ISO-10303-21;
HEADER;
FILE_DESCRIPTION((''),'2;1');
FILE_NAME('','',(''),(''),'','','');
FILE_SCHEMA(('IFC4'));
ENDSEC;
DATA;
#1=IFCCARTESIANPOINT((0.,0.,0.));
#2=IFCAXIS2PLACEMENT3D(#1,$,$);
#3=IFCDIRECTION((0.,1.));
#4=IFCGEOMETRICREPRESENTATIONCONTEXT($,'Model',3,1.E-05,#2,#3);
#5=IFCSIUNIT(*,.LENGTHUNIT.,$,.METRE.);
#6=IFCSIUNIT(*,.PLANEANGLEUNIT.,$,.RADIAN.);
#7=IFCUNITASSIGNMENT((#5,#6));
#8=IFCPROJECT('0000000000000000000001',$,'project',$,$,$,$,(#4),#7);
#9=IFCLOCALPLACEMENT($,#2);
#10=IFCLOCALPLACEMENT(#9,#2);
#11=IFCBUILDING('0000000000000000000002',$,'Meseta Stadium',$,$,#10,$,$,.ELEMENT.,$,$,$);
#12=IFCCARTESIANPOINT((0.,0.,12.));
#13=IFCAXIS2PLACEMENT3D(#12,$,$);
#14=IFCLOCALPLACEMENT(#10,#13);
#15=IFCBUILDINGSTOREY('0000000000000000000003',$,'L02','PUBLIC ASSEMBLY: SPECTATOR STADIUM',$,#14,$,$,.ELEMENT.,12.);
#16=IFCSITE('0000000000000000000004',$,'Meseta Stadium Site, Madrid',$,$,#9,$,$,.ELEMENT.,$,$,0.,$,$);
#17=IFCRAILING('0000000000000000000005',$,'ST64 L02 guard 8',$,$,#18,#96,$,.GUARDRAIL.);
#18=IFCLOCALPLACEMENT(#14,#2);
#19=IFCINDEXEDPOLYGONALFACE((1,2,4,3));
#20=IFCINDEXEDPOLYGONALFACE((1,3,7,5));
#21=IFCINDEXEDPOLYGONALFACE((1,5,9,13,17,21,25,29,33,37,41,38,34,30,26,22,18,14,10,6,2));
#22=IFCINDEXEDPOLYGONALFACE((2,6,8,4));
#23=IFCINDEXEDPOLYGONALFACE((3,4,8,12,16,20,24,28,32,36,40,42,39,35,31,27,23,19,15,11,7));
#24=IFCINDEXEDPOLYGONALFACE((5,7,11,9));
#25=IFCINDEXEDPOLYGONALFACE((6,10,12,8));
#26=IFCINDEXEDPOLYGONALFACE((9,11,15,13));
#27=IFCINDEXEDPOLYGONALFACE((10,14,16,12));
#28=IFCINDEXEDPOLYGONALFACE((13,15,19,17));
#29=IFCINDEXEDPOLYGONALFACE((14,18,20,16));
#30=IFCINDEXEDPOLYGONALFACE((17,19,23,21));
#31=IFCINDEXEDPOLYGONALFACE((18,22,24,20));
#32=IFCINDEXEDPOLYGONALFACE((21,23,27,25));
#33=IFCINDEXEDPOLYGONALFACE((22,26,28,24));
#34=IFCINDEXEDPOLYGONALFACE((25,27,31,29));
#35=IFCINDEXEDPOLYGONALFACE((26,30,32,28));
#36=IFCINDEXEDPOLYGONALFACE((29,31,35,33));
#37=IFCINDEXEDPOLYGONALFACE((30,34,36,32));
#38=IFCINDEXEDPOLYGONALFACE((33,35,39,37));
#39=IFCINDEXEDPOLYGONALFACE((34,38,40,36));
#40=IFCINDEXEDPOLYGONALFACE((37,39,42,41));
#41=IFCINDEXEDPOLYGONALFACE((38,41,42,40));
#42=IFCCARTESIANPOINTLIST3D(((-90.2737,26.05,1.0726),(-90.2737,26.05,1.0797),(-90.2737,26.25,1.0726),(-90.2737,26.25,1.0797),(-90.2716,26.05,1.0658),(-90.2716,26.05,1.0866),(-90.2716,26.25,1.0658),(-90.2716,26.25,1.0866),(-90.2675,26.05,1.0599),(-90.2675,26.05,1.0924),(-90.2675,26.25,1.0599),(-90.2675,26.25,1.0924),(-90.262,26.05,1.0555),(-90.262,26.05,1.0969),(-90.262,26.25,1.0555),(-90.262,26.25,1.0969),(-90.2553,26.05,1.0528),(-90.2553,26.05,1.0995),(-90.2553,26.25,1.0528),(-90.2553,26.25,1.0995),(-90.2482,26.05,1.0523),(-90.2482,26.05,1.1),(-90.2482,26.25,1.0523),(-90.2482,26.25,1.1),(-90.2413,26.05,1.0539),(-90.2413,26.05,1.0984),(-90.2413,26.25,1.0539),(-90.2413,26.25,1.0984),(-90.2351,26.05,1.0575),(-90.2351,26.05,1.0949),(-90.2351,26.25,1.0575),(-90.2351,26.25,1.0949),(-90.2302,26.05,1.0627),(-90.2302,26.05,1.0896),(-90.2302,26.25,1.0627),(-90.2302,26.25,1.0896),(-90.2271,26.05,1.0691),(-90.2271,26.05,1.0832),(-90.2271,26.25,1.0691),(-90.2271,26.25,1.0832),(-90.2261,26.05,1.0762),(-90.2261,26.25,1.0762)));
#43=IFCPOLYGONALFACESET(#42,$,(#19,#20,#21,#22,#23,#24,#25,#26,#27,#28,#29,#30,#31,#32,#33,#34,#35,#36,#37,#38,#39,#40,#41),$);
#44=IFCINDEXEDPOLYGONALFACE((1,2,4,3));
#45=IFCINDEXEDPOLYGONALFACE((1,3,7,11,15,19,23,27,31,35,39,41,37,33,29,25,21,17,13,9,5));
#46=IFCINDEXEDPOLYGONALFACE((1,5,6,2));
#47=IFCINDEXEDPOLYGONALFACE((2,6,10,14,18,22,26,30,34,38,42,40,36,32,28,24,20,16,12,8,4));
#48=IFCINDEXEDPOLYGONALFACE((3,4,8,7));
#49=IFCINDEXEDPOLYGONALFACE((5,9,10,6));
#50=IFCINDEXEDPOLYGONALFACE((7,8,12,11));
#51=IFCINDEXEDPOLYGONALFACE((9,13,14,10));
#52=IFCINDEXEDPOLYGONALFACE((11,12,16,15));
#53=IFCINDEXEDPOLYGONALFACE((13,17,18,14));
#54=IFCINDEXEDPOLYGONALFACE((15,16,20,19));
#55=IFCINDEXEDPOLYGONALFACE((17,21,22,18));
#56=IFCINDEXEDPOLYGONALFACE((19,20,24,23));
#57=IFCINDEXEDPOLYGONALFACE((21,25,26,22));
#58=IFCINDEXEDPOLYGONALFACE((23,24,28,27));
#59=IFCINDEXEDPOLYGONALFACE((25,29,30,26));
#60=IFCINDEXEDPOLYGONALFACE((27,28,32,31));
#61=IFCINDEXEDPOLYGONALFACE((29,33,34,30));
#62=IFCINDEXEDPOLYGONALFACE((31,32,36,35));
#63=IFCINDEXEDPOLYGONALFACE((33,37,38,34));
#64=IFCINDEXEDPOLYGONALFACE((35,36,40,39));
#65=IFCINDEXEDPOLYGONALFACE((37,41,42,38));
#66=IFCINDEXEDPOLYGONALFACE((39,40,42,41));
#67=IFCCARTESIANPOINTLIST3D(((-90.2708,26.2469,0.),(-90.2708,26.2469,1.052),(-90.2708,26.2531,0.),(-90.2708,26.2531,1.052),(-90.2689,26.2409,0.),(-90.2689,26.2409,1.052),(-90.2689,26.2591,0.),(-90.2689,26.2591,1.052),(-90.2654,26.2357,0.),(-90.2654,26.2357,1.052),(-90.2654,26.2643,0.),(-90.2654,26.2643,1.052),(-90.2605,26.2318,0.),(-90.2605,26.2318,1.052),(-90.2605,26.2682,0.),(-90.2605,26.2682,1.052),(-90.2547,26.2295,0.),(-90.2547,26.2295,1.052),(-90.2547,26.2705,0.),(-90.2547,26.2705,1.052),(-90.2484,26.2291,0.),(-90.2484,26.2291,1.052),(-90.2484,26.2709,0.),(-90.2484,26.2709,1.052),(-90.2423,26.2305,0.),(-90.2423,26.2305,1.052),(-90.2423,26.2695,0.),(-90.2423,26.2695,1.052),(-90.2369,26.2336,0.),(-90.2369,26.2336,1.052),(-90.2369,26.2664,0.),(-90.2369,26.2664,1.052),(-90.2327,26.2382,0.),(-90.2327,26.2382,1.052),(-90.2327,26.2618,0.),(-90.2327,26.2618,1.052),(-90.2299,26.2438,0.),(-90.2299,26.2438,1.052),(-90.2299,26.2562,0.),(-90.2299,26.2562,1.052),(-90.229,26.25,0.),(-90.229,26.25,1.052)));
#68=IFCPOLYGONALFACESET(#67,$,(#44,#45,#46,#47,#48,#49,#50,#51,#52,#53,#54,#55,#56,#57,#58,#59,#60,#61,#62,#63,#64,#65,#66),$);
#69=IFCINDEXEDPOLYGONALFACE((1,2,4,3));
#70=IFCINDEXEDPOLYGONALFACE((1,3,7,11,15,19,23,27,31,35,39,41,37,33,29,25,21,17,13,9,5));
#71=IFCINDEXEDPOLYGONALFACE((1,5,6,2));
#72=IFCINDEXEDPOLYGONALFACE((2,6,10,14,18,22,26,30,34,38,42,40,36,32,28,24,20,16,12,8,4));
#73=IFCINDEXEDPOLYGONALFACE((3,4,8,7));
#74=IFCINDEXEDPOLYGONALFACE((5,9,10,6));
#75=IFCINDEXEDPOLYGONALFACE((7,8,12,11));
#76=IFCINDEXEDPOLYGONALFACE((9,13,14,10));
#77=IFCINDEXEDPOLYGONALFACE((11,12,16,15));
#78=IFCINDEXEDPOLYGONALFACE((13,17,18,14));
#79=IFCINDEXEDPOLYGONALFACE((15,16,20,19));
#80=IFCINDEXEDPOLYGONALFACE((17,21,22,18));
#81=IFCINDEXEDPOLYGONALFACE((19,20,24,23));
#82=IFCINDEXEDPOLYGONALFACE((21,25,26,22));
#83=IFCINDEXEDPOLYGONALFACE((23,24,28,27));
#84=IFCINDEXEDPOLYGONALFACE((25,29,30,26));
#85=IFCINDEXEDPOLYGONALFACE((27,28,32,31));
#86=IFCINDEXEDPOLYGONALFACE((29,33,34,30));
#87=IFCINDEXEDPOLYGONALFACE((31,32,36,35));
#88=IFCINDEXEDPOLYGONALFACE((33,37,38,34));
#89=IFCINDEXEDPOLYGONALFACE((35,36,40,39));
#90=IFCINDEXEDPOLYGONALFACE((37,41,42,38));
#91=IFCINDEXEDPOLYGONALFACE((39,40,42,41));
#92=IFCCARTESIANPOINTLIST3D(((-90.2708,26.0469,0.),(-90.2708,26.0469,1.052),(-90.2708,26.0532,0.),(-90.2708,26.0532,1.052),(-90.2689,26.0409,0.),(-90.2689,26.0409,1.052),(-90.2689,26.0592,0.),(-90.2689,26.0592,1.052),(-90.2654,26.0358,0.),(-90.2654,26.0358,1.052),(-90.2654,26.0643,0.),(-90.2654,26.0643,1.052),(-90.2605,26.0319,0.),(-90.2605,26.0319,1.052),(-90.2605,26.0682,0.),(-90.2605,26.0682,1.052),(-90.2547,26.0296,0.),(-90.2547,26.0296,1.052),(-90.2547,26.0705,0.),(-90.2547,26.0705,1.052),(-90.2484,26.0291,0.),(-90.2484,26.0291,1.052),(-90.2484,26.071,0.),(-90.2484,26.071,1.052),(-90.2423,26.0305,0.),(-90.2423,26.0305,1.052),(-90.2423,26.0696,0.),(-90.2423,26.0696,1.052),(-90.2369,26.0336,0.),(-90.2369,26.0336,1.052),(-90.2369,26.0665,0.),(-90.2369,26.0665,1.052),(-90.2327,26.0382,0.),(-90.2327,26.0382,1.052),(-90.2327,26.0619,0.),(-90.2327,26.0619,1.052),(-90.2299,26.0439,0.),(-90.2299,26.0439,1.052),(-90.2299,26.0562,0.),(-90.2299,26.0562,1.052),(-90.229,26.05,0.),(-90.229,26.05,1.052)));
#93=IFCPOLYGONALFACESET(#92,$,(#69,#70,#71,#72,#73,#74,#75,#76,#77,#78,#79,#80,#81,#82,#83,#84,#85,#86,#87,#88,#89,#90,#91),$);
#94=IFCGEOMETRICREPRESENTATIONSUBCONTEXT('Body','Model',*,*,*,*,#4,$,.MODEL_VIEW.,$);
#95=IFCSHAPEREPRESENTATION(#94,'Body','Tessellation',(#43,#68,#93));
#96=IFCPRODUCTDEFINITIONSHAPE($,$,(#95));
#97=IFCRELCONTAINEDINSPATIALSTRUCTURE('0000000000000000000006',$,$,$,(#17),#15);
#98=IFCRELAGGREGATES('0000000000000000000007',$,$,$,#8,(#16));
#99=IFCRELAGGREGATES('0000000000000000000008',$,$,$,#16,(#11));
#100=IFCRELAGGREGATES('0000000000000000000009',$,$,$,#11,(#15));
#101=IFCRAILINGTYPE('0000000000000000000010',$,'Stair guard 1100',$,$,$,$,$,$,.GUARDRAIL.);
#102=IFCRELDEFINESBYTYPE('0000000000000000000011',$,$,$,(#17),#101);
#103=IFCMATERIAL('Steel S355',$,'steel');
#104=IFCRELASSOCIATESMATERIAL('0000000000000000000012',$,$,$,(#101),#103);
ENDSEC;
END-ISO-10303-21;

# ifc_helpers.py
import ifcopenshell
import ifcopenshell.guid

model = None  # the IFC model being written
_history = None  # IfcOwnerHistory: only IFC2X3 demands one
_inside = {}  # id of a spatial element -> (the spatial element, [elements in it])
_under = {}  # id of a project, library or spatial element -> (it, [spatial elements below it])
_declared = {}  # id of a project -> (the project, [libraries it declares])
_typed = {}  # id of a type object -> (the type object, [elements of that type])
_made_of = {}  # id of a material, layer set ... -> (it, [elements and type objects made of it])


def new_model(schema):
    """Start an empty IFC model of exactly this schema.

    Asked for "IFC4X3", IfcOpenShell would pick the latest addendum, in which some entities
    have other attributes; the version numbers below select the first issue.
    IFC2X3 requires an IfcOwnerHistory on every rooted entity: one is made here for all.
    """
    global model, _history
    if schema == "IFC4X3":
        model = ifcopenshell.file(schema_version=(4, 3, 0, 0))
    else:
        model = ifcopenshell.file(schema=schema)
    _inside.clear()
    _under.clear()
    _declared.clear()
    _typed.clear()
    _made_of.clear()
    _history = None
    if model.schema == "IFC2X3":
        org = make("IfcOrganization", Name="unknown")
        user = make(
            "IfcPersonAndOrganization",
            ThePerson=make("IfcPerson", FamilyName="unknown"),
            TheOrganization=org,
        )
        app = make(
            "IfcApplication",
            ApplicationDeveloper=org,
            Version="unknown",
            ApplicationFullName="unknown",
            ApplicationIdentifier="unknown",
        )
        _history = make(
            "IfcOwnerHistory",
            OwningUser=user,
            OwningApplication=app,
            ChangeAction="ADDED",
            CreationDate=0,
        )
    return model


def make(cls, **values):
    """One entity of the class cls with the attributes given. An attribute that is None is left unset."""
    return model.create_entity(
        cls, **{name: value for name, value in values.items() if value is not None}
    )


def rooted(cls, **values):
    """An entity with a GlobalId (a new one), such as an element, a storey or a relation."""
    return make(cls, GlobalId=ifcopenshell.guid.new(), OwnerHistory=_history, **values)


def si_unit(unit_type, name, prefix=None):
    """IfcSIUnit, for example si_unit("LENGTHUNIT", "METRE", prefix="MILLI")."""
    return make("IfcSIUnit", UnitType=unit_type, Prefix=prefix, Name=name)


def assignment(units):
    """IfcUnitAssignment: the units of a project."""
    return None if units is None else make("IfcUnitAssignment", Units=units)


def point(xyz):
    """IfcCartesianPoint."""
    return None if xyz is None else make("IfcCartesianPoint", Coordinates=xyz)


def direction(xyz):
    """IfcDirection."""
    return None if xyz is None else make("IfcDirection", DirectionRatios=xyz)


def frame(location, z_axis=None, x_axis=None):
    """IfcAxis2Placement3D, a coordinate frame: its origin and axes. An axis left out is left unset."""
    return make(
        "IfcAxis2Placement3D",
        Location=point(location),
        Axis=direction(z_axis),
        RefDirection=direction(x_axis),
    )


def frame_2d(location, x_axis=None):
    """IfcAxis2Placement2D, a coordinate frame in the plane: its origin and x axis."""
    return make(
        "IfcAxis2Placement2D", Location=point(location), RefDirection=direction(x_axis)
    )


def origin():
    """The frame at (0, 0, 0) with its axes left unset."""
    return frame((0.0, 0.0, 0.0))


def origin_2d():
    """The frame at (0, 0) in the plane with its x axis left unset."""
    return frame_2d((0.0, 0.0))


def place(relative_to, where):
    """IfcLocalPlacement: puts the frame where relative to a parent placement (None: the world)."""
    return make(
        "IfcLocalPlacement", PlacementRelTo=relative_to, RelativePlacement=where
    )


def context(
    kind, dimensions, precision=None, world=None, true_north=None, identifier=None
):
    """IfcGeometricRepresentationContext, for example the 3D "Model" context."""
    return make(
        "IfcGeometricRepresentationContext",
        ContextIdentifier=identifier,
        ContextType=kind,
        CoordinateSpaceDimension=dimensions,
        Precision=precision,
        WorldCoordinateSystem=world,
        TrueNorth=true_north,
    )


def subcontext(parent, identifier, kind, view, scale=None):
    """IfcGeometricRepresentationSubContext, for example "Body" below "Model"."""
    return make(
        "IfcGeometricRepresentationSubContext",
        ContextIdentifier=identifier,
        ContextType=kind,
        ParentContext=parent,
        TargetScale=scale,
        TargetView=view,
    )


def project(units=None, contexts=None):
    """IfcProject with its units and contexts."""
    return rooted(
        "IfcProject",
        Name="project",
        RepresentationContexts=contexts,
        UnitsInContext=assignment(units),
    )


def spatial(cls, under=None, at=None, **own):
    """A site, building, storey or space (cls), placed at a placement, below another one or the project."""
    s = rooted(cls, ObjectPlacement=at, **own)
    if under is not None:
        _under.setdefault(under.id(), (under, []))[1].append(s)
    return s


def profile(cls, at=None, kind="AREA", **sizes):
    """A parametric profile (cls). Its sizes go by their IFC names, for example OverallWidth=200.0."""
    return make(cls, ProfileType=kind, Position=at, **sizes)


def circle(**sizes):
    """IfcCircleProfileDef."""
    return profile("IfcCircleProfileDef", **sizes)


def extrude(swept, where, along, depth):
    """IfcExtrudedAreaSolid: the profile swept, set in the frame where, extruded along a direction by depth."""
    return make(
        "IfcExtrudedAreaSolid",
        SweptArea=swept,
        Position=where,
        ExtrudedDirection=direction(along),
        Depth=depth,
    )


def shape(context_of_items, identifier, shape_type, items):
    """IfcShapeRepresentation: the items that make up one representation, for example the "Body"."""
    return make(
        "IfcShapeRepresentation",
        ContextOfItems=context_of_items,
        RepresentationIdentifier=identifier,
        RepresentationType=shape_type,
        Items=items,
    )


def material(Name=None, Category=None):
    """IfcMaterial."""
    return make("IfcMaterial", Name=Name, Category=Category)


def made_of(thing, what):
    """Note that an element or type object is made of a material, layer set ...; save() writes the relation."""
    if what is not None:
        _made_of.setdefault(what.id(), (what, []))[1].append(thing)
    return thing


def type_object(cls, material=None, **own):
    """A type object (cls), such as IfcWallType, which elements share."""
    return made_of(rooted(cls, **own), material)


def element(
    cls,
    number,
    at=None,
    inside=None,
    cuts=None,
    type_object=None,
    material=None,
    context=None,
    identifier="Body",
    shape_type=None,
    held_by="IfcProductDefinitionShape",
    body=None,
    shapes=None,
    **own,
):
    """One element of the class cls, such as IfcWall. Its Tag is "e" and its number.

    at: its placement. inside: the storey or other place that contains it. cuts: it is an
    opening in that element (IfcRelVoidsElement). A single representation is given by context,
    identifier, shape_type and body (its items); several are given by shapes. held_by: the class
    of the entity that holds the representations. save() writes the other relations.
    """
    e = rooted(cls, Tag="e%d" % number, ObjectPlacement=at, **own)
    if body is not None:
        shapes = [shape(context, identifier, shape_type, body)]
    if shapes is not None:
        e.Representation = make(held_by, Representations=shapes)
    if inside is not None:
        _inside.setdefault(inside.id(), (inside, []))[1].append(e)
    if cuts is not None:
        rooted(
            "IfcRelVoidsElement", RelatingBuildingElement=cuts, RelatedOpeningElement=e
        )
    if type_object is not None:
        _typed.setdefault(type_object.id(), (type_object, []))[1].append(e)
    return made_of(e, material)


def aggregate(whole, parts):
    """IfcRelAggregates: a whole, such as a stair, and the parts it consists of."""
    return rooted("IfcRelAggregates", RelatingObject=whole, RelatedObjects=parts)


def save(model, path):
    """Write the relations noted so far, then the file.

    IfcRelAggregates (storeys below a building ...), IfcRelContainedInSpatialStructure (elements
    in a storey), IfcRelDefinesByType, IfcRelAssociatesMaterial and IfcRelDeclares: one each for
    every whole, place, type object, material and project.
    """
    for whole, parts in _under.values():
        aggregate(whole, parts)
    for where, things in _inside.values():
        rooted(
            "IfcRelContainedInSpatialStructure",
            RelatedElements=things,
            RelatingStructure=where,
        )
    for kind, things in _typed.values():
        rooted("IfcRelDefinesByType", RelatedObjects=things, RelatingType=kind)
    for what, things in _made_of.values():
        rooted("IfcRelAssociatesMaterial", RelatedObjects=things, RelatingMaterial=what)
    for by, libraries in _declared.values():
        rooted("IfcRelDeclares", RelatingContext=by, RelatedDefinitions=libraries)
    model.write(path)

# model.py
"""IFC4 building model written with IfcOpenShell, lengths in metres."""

from ifc_helpers import new_model, si_unit, direction, frame, origin, origin_2d, place, context, subcontext, project, spatial, circle, extrude, material, type_object, element, save


model = new_model("IFC4")

# Units and contexts
model_context = context("Model", 3, precision=1e-05, world=origin(), true_north=direction((0.0, 1.0)))
body_context = subcontext(model_context, "Body", "Model", "MODEL_VIEW")
ifc_project = project(units=[si_unit("LENGTHUNIT", "METRE"), si_unit("PLANEANGLEUNIT", "RADIAN")], contexts=[model_context])

# Site, building, storey
site_placement = place(None, origin())
site = spatial("IfcSite", under=ifc_project, at=site_placement, Name="Meseta Stadium Site, Madrid", CompositionType="ELEMENT", RefElevation=0.0)
building_placement = place(site_placement, origin())
building = spatial("IfcBuilding", under=site, at=building_placement, Name="Meseta Stadium", CompositionType="ELEMENT")
storey_placement = place(building_placement, frame((0.0, 0.0, 12.0)))
storey = spatial("IfcBuildingStorey", under=building, at=storey_placement, Name="L02", Description="PUBLIC ASSEMBLY: SPECTATOR STADIUM", CompositionType="ELEMENT", Elevation=12.0)

# Railing
ifc_material_1 = material(Name="Steel S355", Category="steel")
railing_type_1 = type_object("IfcRailingType", Name="Stair guard 1100", PredefinedType="GUARDRAIL", material=ifc_material_1)
railing_1_placement = place(storey_placement, frame((-90.25, 26.25, 0.0)))
element("IfcRailing", 1, at=railing_1_placement, inside=storey, type_object=railing_type_1, Name="ST64 L02 guard 8", PredefinedType="GUARDRAIL", context=body_context, shape_type="SweptSolid", body=[
    extrude(circle(Radius=0.0239, at=origin_2d()), frame((0.0, 0.0, 1.0762), z_axis=(0.0, -1.0, 0.0), x_axis=(1.0, 0.0, 0.0)), (0.0, 0.0, 1.0), 0.2),
    extrude(circle(Radius=0.021, at=origin_2d()), origin(), (0.0, 0.0, 1.0), 1.052),
    extrude(circle(Radius=0.021, at=origin_2d()), frame((0.0, -0.2, 0.0)), (0.0, 0.0, 1.0), 1.052),
])

save(model, "model.ifc")
